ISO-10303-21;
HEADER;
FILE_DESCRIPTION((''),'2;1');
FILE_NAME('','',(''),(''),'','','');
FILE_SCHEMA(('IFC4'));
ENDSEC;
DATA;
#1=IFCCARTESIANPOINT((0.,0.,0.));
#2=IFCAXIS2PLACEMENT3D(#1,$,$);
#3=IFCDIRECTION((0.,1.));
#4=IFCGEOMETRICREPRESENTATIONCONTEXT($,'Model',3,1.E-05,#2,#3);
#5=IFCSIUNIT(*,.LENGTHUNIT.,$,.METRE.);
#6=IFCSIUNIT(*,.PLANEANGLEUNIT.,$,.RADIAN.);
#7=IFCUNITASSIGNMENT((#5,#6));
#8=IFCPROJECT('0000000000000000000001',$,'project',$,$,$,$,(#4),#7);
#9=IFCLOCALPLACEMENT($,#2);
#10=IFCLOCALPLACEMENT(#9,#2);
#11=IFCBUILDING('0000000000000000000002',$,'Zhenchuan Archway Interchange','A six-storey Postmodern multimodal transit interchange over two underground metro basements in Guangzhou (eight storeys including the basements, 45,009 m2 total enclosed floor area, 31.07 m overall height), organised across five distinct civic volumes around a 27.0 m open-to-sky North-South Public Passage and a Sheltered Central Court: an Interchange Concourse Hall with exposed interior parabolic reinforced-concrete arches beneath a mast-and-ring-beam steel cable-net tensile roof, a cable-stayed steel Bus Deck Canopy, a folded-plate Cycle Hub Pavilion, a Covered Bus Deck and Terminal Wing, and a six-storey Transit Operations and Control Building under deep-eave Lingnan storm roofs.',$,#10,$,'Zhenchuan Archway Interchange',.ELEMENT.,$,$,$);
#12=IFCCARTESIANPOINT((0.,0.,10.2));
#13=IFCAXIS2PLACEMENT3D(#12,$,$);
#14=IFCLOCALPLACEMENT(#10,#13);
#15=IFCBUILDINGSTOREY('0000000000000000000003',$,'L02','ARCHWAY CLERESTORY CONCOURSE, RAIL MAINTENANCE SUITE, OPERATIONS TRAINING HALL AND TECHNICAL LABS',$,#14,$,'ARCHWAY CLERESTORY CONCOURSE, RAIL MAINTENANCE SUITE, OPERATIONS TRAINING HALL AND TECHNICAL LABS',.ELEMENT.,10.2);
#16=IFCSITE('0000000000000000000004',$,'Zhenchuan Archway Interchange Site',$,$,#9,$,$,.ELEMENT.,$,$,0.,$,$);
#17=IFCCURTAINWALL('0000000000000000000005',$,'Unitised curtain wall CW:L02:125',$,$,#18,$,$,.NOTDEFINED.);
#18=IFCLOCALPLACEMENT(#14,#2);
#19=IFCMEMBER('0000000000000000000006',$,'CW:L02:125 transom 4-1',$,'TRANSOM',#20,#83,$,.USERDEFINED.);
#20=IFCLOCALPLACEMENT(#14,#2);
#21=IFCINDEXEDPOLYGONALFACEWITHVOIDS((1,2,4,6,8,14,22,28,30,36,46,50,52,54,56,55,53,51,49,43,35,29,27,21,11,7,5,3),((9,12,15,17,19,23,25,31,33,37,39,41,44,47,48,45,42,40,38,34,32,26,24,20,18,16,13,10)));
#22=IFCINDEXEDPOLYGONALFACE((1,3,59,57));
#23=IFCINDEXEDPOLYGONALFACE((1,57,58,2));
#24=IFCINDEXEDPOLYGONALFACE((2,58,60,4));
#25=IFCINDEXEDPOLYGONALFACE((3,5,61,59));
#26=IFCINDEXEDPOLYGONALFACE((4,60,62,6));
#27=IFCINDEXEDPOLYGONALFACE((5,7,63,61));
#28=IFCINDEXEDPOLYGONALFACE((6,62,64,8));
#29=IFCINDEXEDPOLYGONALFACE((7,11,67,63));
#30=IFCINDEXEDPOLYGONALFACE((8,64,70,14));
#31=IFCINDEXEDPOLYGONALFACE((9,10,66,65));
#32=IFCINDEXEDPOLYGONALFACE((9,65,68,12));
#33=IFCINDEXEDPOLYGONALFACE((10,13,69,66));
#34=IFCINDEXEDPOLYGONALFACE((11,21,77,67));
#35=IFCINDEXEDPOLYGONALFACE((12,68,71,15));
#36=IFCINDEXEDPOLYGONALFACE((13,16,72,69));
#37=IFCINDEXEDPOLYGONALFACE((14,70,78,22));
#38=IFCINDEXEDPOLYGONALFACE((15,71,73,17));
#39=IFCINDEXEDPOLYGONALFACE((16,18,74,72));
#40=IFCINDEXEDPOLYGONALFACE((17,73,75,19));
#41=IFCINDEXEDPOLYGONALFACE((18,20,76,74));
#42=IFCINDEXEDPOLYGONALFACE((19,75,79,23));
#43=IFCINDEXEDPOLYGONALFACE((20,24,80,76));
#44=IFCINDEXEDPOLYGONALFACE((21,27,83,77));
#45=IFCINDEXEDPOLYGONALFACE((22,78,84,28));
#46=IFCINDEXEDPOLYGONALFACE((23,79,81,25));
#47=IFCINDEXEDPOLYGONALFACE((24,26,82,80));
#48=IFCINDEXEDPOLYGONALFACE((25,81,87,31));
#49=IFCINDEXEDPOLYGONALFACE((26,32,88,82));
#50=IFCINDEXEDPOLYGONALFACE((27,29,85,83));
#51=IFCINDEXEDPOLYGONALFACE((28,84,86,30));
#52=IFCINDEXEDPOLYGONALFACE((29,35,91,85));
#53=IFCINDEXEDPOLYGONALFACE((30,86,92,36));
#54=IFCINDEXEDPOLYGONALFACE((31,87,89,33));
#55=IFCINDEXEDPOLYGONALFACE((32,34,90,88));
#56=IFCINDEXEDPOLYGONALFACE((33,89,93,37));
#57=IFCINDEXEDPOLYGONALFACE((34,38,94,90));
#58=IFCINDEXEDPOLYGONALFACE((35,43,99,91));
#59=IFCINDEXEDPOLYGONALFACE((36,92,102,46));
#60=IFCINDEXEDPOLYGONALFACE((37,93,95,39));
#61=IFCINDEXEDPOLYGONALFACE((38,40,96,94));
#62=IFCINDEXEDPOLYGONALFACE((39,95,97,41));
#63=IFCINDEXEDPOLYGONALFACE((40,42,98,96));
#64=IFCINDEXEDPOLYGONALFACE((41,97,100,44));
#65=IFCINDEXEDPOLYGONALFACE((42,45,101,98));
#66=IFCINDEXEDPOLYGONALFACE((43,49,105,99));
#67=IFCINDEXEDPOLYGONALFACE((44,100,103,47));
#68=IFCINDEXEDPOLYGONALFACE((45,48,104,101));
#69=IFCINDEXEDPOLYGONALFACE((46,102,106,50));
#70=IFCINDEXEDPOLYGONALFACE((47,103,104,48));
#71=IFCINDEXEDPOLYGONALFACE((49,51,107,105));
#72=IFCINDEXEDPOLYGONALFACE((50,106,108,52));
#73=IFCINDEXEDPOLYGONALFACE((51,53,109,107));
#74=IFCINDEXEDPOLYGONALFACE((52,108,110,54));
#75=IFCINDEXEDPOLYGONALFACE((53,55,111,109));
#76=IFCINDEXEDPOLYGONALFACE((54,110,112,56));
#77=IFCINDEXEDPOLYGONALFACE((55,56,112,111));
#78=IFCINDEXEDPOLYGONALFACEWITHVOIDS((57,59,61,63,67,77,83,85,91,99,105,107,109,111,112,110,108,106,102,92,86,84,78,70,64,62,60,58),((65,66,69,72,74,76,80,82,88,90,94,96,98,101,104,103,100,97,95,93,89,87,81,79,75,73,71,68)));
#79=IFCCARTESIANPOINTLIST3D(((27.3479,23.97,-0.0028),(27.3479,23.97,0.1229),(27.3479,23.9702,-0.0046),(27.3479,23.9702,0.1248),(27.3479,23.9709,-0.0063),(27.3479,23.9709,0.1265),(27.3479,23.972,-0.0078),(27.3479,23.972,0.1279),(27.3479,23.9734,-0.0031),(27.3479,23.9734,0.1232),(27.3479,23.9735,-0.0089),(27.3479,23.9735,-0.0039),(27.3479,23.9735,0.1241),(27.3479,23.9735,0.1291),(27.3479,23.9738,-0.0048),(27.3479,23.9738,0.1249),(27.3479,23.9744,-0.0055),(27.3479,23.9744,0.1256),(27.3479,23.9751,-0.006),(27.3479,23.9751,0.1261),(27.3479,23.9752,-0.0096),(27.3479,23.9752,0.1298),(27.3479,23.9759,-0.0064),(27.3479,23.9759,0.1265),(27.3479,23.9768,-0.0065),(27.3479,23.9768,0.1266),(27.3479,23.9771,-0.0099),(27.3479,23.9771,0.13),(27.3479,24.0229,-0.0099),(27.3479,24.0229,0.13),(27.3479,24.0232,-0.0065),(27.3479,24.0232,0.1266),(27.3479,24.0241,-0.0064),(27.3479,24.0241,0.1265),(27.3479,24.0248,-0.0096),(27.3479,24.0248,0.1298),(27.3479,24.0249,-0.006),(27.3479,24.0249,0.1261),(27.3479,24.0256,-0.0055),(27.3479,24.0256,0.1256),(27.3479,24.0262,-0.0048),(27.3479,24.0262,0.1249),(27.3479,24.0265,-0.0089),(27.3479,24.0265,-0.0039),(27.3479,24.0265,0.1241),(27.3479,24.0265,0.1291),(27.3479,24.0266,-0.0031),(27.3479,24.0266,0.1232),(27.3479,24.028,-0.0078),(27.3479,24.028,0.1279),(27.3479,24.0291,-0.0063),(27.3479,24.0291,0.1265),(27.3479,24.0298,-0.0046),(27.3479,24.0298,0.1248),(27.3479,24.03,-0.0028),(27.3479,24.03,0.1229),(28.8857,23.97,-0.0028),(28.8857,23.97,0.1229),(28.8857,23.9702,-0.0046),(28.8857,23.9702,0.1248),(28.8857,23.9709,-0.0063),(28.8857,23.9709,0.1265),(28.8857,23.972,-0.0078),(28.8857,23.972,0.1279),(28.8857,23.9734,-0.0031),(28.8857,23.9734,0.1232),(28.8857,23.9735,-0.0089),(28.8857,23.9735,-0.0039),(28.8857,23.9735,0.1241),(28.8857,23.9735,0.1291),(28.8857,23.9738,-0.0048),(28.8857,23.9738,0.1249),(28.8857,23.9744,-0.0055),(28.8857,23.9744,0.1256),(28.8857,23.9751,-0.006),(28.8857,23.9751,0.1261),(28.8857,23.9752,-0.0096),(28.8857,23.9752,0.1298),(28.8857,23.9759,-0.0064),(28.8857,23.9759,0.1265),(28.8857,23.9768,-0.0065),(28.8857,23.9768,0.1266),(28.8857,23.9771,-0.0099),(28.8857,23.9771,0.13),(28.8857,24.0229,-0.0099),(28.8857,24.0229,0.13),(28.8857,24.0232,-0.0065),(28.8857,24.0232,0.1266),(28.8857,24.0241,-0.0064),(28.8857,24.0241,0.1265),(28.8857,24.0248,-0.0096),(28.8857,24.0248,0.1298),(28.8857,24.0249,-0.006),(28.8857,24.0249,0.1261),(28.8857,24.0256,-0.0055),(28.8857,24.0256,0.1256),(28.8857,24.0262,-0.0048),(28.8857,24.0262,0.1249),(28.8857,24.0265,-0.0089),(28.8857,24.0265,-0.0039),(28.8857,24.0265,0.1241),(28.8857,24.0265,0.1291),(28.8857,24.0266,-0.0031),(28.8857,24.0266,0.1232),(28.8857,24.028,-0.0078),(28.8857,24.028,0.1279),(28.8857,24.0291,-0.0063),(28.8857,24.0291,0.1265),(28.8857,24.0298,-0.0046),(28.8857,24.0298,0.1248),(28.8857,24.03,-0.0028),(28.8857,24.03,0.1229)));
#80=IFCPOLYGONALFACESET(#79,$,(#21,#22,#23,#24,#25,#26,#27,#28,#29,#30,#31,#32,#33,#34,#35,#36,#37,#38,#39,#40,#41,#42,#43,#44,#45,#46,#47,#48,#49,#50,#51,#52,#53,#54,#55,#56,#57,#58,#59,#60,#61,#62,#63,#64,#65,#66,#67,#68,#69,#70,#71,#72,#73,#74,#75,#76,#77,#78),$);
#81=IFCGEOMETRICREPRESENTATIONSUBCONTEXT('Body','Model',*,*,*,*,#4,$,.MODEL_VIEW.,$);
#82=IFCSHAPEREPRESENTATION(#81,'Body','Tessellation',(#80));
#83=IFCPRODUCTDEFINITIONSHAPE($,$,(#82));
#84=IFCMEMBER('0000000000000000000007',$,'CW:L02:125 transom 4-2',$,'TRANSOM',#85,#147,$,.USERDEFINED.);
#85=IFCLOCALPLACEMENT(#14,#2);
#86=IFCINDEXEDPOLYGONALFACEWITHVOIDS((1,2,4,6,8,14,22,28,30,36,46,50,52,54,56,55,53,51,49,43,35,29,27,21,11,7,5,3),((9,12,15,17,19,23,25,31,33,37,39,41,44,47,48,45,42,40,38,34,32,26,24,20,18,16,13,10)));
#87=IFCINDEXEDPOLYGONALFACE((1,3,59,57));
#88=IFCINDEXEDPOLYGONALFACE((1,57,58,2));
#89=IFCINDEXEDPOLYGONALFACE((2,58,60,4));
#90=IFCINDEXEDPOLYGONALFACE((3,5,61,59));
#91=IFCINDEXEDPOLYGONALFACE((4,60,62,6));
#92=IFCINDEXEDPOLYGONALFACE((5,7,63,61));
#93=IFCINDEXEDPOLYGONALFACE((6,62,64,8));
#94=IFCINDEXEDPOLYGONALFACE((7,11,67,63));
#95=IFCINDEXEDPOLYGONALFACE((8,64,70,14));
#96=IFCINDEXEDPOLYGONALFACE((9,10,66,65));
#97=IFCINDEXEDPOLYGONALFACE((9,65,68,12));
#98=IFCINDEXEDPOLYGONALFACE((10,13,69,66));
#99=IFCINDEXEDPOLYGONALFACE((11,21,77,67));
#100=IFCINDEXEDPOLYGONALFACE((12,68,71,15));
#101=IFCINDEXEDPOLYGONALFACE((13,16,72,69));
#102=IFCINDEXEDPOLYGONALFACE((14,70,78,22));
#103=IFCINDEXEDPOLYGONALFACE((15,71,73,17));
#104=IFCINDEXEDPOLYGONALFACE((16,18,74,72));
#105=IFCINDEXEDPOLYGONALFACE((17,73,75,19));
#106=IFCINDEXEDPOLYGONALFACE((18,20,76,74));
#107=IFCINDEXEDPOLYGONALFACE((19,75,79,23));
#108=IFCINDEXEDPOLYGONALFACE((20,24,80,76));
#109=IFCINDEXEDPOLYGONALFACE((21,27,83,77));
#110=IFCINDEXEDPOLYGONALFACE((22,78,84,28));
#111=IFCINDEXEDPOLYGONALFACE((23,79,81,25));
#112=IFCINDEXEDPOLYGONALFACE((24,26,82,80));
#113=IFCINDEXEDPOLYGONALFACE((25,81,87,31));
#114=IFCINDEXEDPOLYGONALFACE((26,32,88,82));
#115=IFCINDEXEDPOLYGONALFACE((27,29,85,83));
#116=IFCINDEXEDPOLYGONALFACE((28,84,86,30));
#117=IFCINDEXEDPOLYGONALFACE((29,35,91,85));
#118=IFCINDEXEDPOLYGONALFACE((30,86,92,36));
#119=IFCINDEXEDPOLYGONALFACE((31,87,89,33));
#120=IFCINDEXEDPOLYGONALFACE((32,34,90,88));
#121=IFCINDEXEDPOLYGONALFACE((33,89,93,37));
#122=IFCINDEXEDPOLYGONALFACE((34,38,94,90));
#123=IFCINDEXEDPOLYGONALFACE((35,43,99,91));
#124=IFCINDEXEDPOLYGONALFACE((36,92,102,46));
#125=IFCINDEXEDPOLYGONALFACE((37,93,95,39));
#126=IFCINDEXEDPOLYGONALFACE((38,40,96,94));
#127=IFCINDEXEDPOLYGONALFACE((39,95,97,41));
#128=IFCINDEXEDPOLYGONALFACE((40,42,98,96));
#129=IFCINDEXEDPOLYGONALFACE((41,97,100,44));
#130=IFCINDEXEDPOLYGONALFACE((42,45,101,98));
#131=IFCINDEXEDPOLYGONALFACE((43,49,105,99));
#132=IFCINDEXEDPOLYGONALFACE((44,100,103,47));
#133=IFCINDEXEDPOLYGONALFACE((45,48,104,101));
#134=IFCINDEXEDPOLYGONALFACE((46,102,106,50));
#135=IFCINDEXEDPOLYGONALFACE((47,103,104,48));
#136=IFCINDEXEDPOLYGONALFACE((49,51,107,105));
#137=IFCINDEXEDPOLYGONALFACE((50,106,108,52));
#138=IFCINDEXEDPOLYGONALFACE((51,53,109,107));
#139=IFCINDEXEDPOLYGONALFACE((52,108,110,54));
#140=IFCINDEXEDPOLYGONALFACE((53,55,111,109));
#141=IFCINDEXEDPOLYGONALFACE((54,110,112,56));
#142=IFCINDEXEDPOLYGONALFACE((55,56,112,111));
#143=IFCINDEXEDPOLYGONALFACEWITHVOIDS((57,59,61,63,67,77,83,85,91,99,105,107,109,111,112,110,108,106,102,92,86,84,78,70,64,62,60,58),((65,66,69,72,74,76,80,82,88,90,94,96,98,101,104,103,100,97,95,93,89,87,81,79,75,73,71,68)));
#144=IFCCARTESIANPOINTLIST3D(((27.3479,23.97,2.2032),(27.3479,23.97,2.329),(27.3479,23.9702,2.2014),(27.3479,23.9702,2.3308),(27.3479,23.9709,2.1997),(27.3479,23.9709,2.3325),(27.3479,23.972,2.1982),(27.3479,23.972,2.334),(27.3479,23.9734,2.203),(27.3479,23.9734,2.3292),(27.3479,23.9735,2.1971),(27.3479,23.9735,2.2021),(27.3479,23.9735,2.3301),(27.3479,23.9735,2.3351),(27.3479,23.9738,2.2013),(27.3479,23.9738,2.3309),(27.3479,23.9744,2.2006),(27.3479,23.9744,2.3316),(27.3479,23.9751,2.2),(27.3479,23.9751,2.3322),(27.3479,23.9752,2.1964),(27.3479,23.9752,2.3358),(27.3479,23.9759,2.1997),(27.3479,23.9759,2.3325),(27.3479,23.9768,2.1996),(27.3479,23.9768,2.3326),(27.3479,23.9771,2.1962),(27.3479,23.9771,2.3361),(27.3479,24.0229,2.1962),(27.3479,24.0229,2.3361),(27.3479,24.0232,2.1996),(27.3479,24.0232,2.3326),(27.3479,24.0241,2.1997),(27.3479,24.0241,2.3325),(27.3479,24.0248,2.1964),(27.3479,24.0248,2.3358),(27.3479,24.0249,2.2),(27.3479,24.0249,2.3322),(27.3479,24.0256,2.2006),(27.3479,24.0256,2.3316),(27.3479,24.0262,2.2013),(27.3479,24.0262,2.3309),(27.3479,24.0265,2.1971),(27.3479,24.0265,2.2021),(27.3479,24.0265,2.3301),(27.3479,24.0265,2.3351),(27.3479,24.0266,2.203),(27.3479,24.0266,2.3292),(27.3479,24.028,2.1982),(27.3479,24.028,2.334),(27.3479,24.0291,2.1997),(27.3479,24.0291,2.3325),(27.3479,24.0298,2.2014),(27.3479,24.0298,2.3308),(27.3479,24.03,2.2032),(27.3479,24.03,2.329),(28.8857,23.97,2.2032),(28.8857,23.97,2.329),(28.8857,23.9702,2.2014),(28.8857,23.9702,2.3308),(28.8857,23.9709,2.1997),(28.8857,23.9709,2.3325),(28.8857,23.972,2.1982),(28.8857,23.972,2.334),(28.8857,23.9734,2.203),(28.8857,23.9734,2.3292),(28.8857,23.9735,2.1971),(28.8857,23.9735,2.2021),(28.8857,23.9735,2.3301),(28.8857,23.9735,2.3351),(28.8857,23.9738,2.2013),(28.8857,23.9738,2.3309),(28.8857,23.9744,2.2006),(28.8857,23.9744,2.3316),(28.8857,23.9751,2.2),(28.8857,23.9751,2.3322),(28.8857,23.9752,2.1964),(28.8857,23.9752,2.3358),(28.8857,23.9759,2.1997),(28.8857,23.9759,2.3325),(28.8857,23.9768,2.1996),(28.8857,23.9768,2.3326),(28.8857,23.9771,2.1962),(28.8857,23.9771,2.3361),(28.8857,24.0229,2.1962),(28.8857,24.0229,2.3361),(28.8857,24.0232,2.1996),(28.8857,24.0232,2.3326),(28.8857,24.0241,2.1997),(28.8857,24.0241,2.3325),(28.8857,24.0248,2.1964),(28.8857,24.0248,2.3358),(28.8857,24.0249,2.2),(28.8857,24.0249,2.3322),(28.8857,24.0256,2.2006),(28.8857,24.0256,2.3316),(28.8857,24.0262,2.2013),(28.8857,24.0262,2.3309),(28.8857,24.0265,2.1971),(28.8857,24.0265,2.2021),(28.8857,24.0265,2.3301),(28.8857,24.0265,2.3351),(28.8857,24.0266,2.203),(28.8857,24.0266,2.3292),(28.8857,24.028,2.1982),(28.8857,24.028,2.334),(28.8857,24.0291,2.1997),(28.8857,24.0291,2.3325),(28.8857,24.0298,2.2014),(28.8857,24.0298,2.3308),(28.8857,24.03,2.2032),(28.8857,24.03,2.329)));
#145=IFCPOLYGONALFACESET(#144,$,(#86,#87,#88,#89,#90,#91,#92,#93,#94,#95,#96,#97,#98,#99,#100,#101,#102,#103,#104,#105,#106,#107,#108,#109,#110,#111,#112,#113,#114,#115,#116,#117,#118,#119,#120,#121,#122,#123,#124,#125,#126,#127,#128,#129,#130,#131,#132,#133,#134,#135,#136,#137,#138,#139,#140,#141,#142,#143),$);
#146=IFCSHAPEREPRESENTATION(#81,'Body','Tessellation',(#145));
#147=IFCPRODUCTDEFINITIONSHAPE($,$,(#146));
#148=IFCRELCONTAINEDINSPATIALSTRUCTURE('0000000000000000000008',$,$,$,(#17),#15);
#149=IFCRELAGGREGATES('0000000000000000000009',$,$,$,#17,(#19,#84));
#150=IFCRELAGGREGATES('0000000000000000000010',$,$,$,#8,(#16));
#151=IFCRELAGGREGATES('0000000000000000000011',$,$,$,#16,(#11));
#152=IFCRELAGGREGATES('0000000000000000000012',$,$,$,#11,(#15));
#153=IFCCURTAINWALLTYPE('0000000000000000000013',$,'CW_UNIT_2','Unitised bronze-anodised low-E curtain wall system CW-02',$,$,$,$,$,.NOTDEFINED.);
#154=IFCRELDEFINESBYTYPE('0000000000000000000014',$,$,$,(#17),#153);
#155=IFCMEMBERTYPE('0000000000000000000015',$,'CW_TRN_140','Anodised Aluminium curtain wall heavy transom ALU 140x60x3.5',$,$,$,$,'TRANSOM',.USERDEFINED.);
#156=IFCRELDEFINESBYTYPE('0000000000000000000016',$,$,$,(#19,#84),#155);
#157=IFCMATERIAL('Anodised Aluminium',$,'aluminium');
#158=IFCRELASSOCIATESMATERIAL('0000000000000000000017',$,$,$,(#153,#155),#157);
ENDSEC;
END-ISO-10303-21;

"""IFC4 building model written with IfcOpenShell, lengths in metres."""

from ifc_helpers import new_model, si_unit, direction, frame, origin, origin_2d, place, context, subcontext, project, spatial, hollow_rectangle, extrude, material, material_profile, profile_set, type_object, element, aggregate, save


model = new_model("IFC4")

# Units and contexts
model_context = context("Model", 3, precision=1e-05, world=origin(), true_north=direction((0.0, 1.0)))
body_context = subcontext(model_context, "Body", "Model", "MODEL_VIEW")
ifc_project = project(units=[si_unit("LENGTHUNIT", "METRE"), si_unit("PLANEANGLEUNIT", "RADIAN")], contexts=[model_context])

# Site, building, storey
site_placement = place(None, origin())
site = spatial("IfcSite", under=ifc_project, at=site_placement, Name="Zhenchuan Archway Interchange Site", CompositionType="ELEMENT", RefElevation=0.0)
building_placement = place(site_placement, origin())
building = spatial("IfcBuilding", under=site, at=building_placement, Name="Zhenchuan Archway Interchange", Description="A six-storey Postmodern multimodal transit interchange over two underground metro basements in Guangzhou (eight storeys including the basements, 45,009 m2 total enclosed floor area, 31.07 m overall height), organised across five distinct civic volumes around a 27.0 m open-to-sky North-South Public Passage and a Sheltered Central Court: an Interchange Concourse Hall with exposed interior parabolic reinforced-concrete arches beneath a mast-and-ring-beam steel cable-net tensile roof, a cable-stayed steel Bus Deck Canopy, a folded-plate Cycle Hub Pavilion, a Covered Bus Deck and Terminal Wing, and a six-storey Transit Operations and Control Building under deep-eave Lingnan storm roofs.", LongName="Zhenchuan Archway Interchange", CompositionType="ELEMENT")
storey_placement = place(building_placement, frame((0.0, 0.0, 10.2)))
storey = spatial("IfcBuildingStorey", under=building, at=storey_placement, Name="L02", Description="ARCHWAY CLERESTORY CONCOURSE, RAIL MAINTENANCE SUITE, OPERATIONS TRAINING HALL AND TECHNICAL LABS", LongName="ARCHWAY CLERESTORY CONCOURSE, RAIL MAINTENANCE SUITE, OPERATIONS TRAINING HALL AND TECHNICAL LABS", CompositionType="ELEMENT", Elevation=10.2)

# Curtain wall, members
ifc_material_1 = material(Name="Anodised Aluminium", Category="aluminium")
curtain_wall_type = type_object("IfcCurtainWallType", Name="CW_UNIT_2", Description="Unitised bronze-anodised low-E curtain wall system CW-02", PredefinedType="NOTDEFINED", material=ifc_material_1)
curtain_wall_placement = place(storey_placement, origin())
curtain_wall = element("IfcCurtainWall", 1, at=curtain_wall_placement, inside=storey, type_object=curtain_wall_type, Name="Unitised curtain wall CW:L02:125", PredefinedType="NOTDEFINED")
ifc_material_profile_1 = material_profile(ifc_material_1, hollow_rectangle(XDim=0.0601, YDim=0.1399, WallThickness=0.0034, InnerFilletRadius=0.0034, OuterFilletRadius=0.0071, at=origin_2d()), Name="ALU 140x60x3.5")
ifc_profile_set_1 = profile_set([ifc_material_profile_1], Name="Anodised Aluminium")
member_type_1 = type_object("IfcMemberType", Name="CW_TRN_140", Description="Anodised Aluminium curtain wall heavy transom ALU 140x60x3.5", ElementType="TRANSOM", PredefinedType="USERDEFINED", material=ifc_profile_set_1)
member_1_placement = place(storey_placement, frame((28.8857, 24.0, 0.0601), z_axis=(-1.0, 0.0, 0.0), x_axis=(0.0, -1.0, 0.0)))
member_1 = element("IfcMember", 2, at=member_1_placement, type_object=member_type_1, Name="CW:L02:125 transom 4-1", ObjectType="TRANSOM", PredefinedType="USERDEFINED", context=body_context, shape_type="SweptSolid", body=[
    extrude(hollow_rectangle(XDim=0.0601, YDim=0.1399, WallThickness=0.0034, InnerFilletRadius=0.0034, OuterFilletRadius=0.0071, at=origin_2d()), origin(), (0.0, 0.0, 1.0), 1.5378),
])
member_2_placement = place(storey_placement, frame((28.8857, 24.0, 2.2661), z_axis=(-1.0, 0.0, 0.0), x_axis=(0.0, -1.0, 0.0)))
member_2 = element("IfcMember", 3, at=member_2_placement, type_object=member_type_1, Name="CW:L02:125 transom 4-2", ObjectType="TRANSOM", PredefinedType="USERDEFINED", context=body_context, shape_type="SweptSolid", body=[
    extrude(hollow_rectangle(XDim=0.0601, YDim=0.1399, WallThickness=0.0034, InnerFilletRadius=0.0034, OuterFilletRadius=0.0071, at=origin_2d()), origin(), (0.0, 0.0, 1.0), 1.5378),
])

aggregate(curtain_wall, [member_1, member_2])

save(model, "model.ifc")
